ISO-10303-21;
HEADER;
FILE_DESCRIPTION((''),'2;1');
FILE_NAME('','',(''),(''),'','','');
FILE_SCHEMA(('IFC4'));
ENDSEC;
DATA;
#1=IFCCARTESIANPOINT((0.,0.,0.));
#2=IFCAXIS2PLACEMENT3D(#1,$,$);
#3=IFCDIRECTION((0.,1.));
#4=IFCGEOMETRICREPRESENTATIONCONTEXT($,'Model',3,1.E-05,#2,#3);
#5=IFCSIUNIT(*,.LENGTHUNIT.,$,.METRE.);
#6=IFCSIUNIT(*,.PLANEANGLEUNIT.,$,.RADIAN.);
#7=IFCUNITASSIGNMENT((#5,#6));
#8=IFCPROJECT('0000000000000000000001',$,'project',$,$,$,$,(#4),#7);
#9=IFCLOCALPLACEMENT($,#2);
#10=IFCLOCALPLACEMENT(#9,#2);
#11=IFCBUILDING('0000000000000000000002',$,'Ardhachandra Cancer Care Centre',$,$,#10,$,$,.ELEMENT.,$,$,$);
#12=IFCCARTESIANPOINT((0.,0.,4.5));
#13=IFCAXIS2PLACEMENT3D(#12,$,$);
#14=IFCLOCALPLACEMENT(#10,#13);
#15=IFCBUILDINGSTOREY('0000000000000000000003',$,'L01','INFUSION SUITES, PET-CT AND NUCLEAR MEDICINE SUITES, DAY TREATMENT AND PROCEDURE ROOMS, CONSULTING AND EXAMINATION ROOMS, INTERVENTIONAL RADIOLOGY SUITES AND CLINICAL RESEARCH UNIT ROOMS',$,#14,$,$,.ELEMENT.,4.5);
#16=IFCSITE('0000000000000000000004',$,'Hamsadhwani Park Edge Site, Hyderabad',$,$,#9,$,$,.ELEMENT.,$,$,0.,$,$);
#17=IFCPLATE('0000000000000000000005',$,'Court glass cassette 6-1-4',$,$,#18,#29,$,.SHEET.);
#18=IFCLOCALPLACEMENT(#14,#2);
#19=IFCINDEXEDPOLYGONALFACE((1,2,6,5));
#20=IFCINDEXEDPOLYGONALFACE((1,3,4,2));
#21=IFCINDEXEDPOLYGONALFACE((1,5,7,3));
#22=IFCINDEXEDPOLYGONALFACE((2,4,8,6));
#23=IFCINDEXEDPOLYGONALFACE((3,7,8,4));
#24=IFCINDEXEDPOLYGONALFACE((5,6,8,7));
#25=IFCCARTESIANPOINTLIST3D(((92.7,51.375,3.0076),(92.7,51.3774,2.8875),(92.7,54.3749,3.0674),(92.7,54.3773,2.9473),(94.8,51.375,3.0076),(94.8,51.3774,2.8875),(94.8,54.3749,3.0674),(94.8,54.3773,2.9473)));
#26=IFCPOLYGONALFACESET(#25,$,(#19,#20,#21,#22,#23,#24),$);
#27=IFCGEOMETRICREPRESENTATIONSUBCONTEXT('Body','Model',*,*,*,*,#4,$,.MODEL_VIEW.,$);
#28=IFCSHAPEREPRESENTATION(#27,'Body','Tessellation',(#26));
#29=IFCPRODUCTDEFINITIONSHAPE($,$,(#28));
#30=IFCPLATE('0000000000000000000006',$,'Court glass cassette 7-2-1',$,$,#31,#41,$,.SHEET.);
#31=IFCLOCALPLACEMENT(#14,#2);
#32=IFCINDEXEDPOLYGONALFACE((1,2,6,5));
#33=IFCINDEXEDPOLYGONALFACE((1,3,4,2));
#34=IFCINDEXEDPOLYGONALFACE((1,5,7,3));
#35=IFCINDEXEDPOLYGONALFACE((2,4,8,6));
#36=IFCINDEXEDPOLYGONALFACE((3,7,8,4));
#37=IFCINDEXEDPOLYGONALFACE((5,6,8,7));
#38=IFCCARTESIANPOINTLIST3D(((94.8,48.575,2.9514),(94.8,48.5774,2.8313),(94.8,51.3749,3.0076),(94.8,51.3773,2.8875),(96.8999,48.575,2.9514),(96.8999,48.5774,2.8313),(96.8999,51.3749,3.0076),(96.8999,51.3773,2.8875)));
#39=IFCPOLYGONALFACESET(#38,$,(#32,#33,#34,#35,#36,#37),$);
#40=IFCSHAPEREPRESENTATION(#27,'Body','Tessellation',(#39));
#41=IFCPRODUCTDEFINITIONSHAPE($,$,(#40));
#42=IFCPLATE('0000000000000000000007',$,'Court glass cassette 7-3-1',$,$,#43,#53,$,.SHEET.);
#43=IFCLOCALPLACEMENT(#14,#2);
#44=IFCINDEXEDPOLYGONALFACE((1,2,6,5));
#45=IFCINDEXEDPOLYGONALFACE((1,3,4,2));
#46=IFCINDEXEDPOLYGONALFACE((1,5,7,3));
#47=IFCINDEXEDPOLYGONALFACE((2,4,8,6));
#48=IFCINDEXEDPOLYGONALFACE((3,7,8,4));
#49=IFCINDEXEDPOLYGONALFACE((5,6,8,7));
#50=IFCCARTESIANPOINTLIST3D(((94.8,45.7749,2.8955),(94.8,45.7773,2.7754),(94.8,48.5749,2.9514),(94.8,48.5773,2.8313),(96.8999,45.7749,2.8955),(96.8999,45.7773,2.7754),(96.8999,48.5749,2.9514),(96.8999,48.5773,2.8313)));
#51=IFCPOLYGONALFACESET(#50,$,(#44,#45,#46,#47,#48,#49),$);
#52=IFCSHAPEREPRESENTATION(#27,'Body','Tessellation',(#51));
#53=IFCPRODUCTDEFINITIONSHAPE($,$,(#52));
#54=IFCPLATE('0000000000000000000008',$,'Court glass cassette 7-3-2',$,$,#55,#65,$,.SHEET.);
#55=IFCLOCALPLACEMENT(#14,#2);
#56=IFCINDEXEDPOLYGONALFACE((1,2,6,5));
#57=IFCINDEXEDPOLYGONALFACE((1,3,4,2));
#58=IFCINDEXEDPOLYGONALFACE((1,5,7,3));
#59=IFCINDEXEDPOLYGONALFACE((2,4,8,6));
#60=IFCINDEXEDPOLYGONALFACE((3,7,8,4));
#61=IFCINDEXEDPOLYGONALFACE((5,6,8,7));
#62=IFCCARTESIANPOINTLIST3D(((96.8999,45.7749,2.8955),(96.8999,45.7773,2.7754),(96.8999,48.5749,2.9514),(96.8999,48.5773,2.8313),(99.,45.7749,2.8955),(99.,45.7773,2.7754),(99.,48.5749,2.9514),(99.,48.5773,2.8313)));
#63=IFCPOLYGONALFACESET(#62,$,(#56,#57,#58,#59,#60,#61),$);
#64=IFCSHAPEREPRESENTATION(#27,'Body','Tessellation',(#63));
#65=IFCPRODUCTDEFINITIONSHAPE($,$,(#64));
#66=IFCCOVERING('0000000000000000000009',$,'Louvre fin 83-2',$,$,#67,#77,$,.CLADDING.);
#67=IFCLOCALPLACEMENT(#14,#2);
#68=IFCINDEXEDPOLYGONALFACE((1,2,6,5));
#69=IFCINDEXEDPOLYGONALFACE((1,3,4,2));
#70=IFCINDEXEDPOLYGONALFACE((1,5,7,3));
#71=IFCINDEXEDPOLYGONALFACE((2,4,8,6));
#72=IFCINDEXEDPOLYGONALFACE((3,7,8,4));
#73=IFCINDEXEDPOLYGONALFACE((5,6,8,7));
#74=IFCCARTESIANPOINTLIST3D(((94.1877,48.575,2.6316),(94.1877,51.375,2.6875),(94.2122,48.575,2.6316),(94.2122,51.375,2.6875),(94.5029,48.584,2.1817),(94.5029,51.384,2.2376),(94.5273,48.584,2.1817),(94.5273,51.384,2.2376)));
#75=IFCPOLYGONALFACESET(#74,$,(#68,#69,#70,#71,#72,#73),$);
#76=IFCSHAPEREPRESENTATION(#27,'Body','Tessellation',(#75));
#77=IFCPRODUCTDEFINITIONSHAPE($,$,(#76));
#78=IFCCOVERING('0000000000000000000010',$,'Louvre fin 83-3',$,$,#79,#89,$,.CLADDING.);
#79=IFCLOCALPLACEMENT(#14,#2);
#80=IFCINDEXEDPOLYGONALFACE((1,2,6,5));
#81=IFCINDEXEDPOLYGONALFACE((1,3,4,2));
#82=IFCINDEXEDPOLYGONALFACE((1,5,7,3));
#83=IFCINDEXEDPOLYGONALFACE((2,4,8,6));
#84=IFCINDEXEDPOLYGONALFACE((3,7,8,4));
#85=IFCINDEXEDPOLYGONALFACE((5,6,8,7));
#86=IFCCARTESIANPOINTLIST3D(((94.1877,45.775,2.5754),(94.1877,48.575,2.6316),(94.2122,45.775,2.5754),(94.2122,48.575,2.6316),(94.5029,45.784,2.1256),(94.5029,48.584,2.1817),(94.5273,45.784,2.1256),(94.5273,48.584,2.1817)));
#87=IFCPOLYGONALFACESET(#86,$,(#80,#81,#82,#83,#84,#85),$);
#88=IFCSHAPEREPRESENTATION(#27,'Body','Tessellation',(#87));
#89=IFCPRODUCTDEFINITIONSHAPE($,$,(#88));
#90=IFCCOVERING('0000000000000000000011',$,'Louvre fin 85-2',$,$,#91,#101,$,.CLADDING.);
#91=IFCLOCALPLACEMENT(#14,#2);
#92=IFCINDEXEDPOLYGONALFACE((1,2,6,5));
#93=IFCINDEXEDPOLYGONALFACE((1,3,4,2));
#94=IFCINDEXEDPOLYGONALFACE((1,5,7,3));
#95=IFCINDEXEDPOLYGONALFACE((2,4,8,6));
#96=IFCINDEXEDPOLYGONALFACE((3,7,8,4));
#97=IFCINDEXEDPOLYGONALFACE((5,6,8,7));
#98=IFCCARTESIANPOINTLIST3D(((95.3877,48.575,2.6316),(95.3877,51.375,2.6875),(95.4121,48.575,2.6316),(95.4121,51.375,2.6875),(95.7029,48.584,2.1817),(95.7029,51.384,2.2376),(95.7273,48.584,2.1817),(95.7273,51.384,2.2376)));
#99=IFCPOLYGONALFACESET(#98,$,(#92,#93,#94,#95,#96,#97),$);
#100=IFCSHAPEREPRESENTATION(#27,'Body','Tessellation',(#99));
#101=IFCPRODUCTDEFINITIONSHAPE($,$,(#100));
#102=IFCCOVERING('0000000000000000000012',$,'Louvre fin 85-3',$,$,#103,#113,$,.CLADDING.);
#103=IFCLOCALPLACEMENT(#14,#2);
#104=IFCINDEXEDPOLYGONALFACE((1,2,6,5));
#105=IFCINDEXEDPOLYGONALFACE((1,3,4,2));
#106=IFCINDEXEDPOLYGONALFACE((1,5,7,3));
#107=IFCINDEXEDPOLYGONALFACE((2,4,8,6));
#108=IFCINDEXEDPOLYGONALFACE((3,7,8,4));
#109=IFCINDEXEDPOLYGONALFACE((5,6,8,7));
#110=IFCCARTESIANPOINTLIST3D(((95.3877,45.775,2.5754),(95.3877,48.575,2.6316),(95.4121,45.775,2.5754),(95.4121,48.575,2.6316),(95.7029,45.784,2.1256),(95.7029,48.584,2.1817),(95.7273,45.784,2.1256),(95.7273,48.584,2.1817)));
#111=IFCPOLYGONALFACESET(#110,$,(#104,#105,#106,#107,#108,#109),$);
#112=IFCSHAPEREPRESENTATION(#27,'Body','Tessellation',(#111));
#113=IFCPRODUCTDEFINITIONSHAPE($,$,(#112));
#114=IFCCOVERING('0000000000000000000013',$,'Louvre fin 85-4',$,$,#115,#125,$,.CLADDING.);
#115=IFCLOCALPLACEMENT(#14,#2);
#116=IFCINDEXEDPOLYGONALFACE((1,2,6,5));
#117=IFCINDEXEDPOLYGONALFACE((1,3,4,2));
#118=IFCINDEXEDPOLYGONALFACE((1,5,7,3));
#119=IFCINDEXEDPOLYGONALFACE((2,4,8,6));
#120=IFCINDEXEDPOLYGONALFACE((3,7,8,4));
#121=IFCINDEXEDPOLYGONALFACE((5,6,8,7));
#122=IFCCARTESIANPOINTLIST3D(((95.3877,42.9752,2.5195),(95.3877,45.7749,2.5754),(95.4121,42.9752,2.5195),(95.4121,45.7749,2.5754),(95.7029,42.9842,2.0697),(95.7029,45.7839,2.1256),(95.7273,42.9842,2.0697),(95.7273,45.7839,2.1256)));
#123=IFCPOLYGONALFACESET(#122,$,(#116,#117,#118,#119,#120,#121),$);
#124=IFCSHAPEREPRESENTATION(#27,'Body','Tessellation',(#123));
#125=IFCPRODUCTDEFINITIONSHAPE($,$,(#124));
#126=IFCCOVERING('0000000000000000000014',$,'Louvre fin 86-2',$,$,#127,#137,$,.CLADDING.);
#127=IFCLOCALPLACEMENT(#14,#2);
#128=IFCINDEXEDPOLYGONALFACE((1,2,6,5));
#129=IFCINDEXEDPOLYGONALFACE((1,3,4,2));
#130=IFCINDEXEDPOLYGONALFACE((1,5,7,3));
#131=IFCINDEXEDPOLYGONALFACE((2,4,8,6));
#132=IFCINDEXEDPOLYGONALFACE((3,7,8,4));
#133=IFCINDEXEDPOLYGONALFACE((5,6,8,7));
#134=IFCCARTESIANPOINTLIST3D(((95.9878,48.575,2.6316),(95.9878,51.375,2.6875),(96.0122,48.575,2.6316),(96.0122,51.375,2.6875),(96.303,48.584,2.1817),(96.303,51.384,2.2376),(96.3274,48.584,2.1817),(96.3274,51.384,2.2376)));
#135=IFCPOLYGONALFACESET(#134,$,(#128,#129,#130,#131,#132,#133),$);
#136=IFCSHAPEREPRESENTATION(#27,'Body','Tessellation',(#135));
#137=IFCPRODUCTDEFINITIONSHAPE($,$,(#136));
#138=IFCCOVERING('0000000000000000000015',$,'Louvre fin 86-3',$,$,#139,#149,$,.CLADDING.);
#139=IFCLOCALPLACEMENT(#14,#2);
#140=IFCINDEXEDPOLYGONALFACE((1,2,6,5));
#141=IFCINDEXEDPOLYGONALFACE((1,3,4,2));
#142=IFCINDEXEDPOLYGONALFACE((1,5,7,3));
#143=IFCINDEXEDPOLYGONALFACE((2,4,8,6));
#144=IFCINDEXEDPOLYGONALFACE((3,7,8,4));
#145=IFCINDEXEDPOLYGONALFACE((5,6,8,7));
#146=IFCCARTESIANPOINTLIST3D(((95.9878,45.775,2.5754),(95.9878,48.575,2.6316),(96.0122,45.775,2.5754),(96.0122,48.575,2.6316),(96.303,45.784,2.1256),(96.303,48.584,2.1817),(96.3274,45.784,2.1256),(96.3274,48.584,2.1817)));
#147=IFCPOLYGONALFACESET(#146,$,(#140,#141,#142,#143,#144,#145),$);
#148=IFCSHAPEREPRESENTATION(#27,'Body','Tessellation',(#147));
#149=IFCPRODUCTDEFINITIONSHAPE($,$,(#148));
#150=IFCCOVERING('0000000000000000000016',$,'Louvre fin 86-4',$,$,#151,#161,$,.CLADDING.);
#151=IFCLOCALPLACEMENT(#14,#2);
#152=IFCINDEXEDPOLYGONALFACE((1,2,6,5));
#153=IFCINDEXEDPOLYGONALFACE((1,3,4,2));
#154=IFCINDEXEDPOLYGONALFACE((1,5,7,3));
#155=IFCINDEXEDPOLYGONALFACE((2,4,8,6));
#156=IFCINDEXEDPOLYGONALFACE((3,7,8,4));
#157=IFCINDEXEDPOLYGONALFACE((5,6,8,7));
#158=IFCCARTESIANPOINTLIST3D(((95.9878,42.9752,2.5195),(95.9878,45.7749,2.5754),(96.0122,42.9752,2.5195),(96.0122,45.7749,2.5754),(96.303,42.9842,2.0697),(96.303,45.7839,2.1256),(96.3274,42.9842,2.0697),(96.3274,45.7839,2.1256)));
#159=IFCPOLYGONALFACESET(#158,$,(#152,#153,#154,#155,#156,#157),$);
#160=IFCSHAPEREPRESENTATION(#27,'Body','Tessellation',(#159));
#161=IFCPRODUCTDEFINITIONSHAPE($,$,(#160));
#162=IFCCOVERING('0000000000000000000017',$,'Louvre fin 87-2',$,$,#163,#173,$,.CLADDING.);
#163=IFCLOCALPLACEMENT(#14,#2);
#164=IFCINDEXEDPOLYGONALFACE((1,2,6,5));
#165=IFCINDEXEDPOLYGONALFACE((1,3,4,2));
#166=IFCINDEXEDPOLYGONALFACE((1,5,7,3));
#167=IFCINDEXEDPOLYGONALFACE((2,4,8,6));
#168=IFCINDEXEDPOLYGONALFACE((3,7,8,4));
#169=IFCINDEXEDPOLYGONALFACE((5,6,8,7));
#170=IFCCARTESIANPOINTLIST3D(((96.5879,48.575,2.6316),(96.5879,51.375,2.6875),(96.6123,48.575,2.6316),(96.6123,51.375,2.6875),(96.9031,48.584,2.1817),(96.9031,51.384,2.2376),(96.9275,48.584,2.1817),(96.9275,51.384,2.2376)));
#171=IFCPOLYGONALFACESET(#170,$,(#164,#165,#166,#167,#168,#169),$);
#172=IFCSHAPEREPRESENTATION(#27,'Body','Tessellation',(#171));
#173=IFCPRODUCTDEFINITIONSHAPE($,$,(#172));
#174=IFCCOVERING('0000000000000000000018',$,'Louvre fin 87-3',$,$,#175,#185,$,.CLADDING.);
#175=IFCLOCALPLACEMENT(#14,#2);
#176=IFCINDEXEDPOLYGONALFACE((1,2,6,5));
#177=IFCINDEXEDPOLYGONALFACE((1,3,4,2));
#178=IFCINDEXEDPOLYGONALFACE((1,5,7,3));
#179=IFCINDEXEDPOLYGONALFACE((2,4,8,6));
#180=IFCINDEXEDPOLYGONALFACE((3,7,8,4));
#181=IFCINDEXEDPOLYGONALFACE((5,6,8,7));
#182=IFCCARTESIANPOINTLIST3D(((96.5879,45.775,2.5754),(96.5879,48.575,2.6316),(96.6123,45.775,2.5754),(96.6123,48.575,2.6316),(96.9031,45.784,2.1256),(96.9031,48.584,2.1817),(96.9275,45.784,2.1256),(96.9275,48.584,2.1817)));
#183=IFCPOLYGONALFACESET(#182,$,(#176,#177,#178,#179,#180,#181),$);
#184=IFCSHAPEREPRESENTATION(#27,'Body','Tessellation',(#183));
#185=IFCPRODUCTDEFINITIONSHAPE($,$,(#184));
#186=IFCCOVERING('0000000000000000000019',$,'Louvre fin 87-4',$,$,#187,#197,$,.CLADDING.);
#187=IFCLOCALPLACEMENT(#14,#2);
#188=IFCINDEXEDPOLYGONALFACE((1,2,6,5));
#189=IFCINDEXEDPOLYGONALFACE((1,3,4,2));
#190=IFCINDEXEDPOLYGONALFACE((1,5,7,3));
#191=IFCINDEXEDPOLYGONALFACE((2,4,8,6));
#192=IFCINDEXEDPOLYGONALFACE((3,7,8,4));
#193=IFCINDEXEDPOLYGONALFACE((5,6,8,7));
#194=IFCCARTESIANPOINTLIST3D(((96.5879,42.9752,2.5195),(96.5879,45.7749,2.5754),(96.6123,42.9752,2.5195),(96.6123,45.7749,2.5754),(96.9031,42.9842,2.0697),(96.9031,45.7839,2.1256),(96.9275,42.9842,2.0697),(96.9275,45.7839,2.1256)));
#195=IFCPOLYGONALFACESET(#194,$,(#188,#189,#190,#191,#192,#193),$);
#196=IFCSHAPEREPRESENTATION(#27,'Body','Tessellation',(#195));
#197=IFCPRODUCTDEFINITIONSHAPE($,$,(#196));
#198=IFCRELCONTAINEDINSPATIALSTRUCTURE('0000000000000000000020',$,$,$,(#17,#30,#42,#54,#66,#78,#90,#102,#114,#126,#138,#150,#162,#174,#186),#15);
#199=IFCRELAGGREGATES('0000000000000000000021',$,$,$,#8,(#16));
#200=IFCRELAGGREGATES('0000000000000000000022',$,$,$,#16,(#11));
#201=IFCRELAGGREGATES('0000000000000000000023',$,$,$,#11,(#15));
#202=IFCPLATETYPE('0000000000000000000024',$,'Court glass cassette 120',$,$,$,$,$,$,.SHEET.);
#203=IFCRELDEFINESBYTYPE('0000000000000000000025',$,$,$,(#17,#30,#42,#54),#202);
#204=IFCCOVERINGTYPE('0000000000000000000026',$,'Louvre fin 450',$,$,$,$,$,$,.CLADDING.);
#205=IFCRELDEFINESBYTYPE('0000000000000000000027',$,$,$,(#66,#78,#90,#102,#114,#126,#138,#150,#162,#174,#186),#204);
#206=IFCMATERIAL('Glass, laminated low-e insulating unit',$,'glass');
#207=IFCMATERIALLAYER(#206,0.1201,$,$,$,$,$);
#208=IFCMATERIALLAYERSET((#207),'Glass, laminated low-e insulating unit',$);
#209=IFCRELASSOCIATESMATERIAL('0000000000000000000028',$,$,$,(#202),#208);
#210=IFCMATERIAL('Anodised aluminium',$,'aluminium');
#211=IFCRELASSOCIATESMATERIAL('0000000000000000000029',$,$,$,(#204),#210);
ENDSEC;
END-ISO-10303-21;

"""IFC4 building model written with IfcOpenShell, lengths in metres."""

from ifc_helpers import new_model, si_unit, direction, frame, origin, place, context, subcontext, project, spatial, polyline, outline, extrude, material, layer, layer_set, material_profile, profile_set, type_object, element, save


model = new_model("IFC4")

# Units and contexts
model_context = context("Model", 3, precision=1e-05, world=origin(), true_north=direction((0.0, 1.0)))
body_context = subcontext(model_context, "Body", "Model", "MODEL_VIEW")
ifc_project = project(units=[si_unit("LENGTHUNIT", "METRE"), si_unit("PLANEANGLEUNIT", "RADIAN")], contexts=[model_context])

# Site, building, storey
site_placement = place(None, origin())
site = spatial("IfcSite", under=ifc_project, at=site_placement, Name="Hamsadhwani Park Edge Site, Hyderabad", CompositionType="ELEMENT", RefElevation=0.0)
building_placement = place(site_placement, origin())
building = spatial("IfcBuilding", under=site, at=building_placement, Name="Ardhachandra Cancer Care Centre", CompositionType="ELEMENT")
storey_placement = place(building_placement, frame((0.0, 0.0, 4.5)))
storey = spatial("IfcBuildingStorey", under=building, at=storey_placement, Name="L01", Description="INFUSION SUITES, PET-CT AND NUCLEAR MEDICINE SUITES, DAY TREATMENT AND PROCEDURE ROOMS, CONSULTING AND EXAMINATION ROOMS, INTERVENTIONAL RADIOLOGY SUITES AND CLINICAL RESEARCH UNIT ROOMS", CompositionType="ELEMENT", Elevation=4.5)

# Plates
ifc_material_1 = material(Name="Glass, laminated low-e insulating unit", Category="glass")
ifc_layer = layer(ifc_material_1, 0.1201)
ifc_layer_set = layer_set([ifc_layer], Name="Glass, laminated low-e insulating unit")
plate_type = type_object("IfcPlateType", Name="Court glass cassette 120", PredefinedType="SHEET", material=ifc_layer_set)
plate_1_placement = place(storey_placement, frame((94.8, 51.375, 3.0076), z_axis=(0.0, -0.019934, 0.999801), x_axis=(-1.0, 0.0, 0.0)))
element("IfcPlate", 1, at=plate_1_placement, inside=storey, type_object=plate_type, Name="Court glass cassette 6-1-4", PredefinedType="SHEET", context=body_context, shape_type="SweptSolid", body=[
    extrude(outline(polyline([(0.0, -3.0005), (2.1001, -3.0005), (2.1001, 0.0), (0.0, 0.0), (0.0, -3.0005)])), frame((0.0, 0.0, -0.1201)), (0.0, 0.0, 1.0), 0.1201),
])
for number, where, z_axis, x_axis, name in (
    (2, (94.8, 48.575, 2.9514), (0.0, -0.02005, 0.999799), (0.0, 0.999799, 0.02005), "Court glass cassette 7-2-1"),
    (3, (94.8, 45.7749, 2.8955), (0.0, -0.019963, 0.999801), (0.0, 0.999801, 0.019963), "Court glass cassette 7-3-1"),
):
    element("IfcPlate", number, at=place(storey_placement, frame(where, z_axis=z_axis, x_axis=x_axis)), inside=storey, type_object=plate_type, Name=name, PredefinedType="SHEET", context=body_context, shape_type="SweptSolid", body=[
        extrude(outline(polyline([(0.0, -2.0999), (2.8005, -2.0999), (2.8005, 0.0), (0.0, 0.0), (0.0, -2.0999)])), frame((0.0, 0.0, -0.1201)), (0.0, 0.0, 1.0), 0.1201),
    ])
plate_2_placement = place(storey_placement, frame((96.8999, 45.7749, 2.8955), z_axis=(0.0, -0.019963, 0.999801), x_axis=(0.0, 0.999801, 0.019963)))
element("IfcPlate", 4, at=plate_2_placement, inside=storey, type_object=plate_type, Name="Court glass cassette 7-3-2", PredefinedType="SHEET", context=body_context, shape_type="SweptSolid", body=[
    extrude(outline(polyline([(0.0, -2.1001), (2.8005, -2.1001), (2.8005, 0.0), (0.0, 0.0), (0.0, -2.1001)])), frame((0.0, 0.0, -0.1201)), (0.0, 0.0, 1.0), 0.1201),
])

# Coverings
ifc_material_2 = material(Name="Anodised aluminium", Category="aluminium")
ifc_material_profile_1 = material_profile(ifc_material_2, outline(polyline([(-0.0122, 0.0), (0.0122, 0.0), (0.3274, -0.45), (0.303, -0.45), (-0.0122, 0.0)])), Name="Louvre fin 450")
ifc_profile_set_1 = profile_set([ifc_material_profile_1], Name="Anodised aluminium")
covering_type = type_object("IfcCoveringType", Name="Louvre fin 450", PredefinedType="CLADDING", material=ifc_profile_set_1)
for number, where, z_axis, x_axis, name in (
    (5, (94.2, 51.375, 2.6875), (0.0, -0.999801, -0.019963), (1.0, 0.0, 0.0), "Louvre fin 83-2"),
    (6, (94.2, 48.575, 2.6316), (0.0, -0.999799, -0.02005), (1.0, 0.0, 0.0), "Louvre fin 83-3"),
    (7, (95.3999, 51.375, 2.6875), (0.0, -0.999801, -0.019963), (1.0, 0.0, 0.0), "Louvre fin 85-2"),
    (8, (95.3999, 48.575, 2.6316), (0.0, -0.999799, -0.02005), (1.0, 0.0, 0.0), "Louvre fin 85-3"),
):
    element("IfcCovering", number, at=place(storey_placement, frame(where, z_axis=z_axis, x_axis=x_axis)), inside=storey, type_object=covering_type, Name=name, PredefinedType="CLADDING", context=body_context, shape_type="SweptSolid", body=[
        extrude(outline(polyline([(-0.0122, 0.0), (0.0122, 0.0), (0.3274, -0.45), (0.303, -0.45), (-0.0122, 0.0)])), origin(), (0.0, 0.0, 1.0), 2.8005),
    ])
covering_1_placement = place(storey_placement, frame((95.3999, 45.7749, 2.5754), z_axis=(0.0, -0.999801, -0.019965), x_axis=(1.0, 0.0, 0.0)))
element("IfcCovering", 9, at=covering_1_placement, inside=storey, type_object=covering_type, Name="Louvre fin 85-4", PredefinedType="CLADDING", context=body_context, shape_type="SweptSolid", body=[
    extrude(outline(polyline([(-0.0122, 0.0), (0.0122, 0.0), (0.3274, -0.45), (0.303, -0.45), (-0.0122, 0.0)])), origin(), (0.0, 0.0, 1.0), 2.8003),
])
for number, where, z_axis, x_axis, name in (
    (10, (96.0, 51.375, 2.6875), (0.0, -0.999801, -0.019963), (1.0, 0.0, 0.0), "Louvre fin 86-2"),
    (11, (96.0, 48.575, 2.6316), (0.0, -0.999799, -0.02005), (1.0, 0.0, 0.0), "Louvre fin 86-3"),
):
    element("IfcCovering", number, at=place(storey_placement, frame(where, z_axis=z_axis, x_axis=x_axis)), inside=storey, type_object=covering_type, Name=name, PredefinedType="CLADDING", context=body_context, shape_type="SweptSolid", body=[
        extrude(outline(polyline([(-0.0122, 0.0), (0.0122, 0.0), (0.3274, -0.45), (0.303, -0.45), (-0.0122, 0.0)])), origin(), (0.0, 0.0, 1.0), 2.8005),
    ])
covering_2_placement = place(storey_placement, frame((96.0, 45.7749, 2.5754), z_axis=(0.0, -0.999801, -0.019965), x_axis=(1.0, 0.0, 0.0)))
element("IfcCovering", 12, at=covering_2_placement, inside=storey, type_object=covering_type, Name="Louvre fin 86-4", PredefinedType="CLADDING", context=body_context, shape_type="SweptSolid", body=[
    extrude(outline(polyline([(-0.0122, 0.0), (0.0122, 0.0), (0.3274, -0.45), (0.303, -0.45), (-0.0122, 0.0)])), origin(), (0.0, 0.0, 1.0), 2.8003),
])
for number, where, z_axis, x_axis, name in (
    (13, (96.6001, 51.375, 2.6875), (0.0, -0.999801, -0.019963), (1.0, 0.0, 0.0), "Louvre fin 87-2"),
    (14, (96.6001, 48.575, 2.6316), (0.0, -0.999799, -0.02005), (1.0, 0.0, 0.0), "Louvre fin 87-3"),
):
    element("IfcCovering", number, at=place(storey_placement, frame(where, z_axis=z_axis, x_axis=x_axis)), inside=storey, type_object=covering_type, Name=name, PredefinedType="CLADDING", context=body_context, shape_type="SweptSolid", body=[
        extrude(outline(polyline([(-0.0122, 0.0), (0.0122, 0.0), (0.3274, -0.45), (0.303, -0.45), (-0.0122, 0.0)])), origin(), (0.0, 0.0, 1.0), 2.8005),
    ])
covering_3_placement = place(storey_placement, frame((96.6001, 45.7749, 2.5754), z_axis=(0.0, -0.999801, -0.019965), x_axis=(1.0, 0.0, 0.0)))
element("IfcCovering", 15, at=covering_3_placement, inside=storey, type_object=covering_type, Name="Louvre fin 87-4", PredefinedType="CLADDING", context=body_context, shape_type="SweptSolid", body=[
    extrude(outline(polyline([(-0.0122, 0.0), (0.0122, 0.0), (0.3274, -0.45), (0.303, -0.45), (-0.0122, 0.0)])), origin(), (0.0, 0.0, 1.0), 2.8003),
])

save(model, "model.ifc")
